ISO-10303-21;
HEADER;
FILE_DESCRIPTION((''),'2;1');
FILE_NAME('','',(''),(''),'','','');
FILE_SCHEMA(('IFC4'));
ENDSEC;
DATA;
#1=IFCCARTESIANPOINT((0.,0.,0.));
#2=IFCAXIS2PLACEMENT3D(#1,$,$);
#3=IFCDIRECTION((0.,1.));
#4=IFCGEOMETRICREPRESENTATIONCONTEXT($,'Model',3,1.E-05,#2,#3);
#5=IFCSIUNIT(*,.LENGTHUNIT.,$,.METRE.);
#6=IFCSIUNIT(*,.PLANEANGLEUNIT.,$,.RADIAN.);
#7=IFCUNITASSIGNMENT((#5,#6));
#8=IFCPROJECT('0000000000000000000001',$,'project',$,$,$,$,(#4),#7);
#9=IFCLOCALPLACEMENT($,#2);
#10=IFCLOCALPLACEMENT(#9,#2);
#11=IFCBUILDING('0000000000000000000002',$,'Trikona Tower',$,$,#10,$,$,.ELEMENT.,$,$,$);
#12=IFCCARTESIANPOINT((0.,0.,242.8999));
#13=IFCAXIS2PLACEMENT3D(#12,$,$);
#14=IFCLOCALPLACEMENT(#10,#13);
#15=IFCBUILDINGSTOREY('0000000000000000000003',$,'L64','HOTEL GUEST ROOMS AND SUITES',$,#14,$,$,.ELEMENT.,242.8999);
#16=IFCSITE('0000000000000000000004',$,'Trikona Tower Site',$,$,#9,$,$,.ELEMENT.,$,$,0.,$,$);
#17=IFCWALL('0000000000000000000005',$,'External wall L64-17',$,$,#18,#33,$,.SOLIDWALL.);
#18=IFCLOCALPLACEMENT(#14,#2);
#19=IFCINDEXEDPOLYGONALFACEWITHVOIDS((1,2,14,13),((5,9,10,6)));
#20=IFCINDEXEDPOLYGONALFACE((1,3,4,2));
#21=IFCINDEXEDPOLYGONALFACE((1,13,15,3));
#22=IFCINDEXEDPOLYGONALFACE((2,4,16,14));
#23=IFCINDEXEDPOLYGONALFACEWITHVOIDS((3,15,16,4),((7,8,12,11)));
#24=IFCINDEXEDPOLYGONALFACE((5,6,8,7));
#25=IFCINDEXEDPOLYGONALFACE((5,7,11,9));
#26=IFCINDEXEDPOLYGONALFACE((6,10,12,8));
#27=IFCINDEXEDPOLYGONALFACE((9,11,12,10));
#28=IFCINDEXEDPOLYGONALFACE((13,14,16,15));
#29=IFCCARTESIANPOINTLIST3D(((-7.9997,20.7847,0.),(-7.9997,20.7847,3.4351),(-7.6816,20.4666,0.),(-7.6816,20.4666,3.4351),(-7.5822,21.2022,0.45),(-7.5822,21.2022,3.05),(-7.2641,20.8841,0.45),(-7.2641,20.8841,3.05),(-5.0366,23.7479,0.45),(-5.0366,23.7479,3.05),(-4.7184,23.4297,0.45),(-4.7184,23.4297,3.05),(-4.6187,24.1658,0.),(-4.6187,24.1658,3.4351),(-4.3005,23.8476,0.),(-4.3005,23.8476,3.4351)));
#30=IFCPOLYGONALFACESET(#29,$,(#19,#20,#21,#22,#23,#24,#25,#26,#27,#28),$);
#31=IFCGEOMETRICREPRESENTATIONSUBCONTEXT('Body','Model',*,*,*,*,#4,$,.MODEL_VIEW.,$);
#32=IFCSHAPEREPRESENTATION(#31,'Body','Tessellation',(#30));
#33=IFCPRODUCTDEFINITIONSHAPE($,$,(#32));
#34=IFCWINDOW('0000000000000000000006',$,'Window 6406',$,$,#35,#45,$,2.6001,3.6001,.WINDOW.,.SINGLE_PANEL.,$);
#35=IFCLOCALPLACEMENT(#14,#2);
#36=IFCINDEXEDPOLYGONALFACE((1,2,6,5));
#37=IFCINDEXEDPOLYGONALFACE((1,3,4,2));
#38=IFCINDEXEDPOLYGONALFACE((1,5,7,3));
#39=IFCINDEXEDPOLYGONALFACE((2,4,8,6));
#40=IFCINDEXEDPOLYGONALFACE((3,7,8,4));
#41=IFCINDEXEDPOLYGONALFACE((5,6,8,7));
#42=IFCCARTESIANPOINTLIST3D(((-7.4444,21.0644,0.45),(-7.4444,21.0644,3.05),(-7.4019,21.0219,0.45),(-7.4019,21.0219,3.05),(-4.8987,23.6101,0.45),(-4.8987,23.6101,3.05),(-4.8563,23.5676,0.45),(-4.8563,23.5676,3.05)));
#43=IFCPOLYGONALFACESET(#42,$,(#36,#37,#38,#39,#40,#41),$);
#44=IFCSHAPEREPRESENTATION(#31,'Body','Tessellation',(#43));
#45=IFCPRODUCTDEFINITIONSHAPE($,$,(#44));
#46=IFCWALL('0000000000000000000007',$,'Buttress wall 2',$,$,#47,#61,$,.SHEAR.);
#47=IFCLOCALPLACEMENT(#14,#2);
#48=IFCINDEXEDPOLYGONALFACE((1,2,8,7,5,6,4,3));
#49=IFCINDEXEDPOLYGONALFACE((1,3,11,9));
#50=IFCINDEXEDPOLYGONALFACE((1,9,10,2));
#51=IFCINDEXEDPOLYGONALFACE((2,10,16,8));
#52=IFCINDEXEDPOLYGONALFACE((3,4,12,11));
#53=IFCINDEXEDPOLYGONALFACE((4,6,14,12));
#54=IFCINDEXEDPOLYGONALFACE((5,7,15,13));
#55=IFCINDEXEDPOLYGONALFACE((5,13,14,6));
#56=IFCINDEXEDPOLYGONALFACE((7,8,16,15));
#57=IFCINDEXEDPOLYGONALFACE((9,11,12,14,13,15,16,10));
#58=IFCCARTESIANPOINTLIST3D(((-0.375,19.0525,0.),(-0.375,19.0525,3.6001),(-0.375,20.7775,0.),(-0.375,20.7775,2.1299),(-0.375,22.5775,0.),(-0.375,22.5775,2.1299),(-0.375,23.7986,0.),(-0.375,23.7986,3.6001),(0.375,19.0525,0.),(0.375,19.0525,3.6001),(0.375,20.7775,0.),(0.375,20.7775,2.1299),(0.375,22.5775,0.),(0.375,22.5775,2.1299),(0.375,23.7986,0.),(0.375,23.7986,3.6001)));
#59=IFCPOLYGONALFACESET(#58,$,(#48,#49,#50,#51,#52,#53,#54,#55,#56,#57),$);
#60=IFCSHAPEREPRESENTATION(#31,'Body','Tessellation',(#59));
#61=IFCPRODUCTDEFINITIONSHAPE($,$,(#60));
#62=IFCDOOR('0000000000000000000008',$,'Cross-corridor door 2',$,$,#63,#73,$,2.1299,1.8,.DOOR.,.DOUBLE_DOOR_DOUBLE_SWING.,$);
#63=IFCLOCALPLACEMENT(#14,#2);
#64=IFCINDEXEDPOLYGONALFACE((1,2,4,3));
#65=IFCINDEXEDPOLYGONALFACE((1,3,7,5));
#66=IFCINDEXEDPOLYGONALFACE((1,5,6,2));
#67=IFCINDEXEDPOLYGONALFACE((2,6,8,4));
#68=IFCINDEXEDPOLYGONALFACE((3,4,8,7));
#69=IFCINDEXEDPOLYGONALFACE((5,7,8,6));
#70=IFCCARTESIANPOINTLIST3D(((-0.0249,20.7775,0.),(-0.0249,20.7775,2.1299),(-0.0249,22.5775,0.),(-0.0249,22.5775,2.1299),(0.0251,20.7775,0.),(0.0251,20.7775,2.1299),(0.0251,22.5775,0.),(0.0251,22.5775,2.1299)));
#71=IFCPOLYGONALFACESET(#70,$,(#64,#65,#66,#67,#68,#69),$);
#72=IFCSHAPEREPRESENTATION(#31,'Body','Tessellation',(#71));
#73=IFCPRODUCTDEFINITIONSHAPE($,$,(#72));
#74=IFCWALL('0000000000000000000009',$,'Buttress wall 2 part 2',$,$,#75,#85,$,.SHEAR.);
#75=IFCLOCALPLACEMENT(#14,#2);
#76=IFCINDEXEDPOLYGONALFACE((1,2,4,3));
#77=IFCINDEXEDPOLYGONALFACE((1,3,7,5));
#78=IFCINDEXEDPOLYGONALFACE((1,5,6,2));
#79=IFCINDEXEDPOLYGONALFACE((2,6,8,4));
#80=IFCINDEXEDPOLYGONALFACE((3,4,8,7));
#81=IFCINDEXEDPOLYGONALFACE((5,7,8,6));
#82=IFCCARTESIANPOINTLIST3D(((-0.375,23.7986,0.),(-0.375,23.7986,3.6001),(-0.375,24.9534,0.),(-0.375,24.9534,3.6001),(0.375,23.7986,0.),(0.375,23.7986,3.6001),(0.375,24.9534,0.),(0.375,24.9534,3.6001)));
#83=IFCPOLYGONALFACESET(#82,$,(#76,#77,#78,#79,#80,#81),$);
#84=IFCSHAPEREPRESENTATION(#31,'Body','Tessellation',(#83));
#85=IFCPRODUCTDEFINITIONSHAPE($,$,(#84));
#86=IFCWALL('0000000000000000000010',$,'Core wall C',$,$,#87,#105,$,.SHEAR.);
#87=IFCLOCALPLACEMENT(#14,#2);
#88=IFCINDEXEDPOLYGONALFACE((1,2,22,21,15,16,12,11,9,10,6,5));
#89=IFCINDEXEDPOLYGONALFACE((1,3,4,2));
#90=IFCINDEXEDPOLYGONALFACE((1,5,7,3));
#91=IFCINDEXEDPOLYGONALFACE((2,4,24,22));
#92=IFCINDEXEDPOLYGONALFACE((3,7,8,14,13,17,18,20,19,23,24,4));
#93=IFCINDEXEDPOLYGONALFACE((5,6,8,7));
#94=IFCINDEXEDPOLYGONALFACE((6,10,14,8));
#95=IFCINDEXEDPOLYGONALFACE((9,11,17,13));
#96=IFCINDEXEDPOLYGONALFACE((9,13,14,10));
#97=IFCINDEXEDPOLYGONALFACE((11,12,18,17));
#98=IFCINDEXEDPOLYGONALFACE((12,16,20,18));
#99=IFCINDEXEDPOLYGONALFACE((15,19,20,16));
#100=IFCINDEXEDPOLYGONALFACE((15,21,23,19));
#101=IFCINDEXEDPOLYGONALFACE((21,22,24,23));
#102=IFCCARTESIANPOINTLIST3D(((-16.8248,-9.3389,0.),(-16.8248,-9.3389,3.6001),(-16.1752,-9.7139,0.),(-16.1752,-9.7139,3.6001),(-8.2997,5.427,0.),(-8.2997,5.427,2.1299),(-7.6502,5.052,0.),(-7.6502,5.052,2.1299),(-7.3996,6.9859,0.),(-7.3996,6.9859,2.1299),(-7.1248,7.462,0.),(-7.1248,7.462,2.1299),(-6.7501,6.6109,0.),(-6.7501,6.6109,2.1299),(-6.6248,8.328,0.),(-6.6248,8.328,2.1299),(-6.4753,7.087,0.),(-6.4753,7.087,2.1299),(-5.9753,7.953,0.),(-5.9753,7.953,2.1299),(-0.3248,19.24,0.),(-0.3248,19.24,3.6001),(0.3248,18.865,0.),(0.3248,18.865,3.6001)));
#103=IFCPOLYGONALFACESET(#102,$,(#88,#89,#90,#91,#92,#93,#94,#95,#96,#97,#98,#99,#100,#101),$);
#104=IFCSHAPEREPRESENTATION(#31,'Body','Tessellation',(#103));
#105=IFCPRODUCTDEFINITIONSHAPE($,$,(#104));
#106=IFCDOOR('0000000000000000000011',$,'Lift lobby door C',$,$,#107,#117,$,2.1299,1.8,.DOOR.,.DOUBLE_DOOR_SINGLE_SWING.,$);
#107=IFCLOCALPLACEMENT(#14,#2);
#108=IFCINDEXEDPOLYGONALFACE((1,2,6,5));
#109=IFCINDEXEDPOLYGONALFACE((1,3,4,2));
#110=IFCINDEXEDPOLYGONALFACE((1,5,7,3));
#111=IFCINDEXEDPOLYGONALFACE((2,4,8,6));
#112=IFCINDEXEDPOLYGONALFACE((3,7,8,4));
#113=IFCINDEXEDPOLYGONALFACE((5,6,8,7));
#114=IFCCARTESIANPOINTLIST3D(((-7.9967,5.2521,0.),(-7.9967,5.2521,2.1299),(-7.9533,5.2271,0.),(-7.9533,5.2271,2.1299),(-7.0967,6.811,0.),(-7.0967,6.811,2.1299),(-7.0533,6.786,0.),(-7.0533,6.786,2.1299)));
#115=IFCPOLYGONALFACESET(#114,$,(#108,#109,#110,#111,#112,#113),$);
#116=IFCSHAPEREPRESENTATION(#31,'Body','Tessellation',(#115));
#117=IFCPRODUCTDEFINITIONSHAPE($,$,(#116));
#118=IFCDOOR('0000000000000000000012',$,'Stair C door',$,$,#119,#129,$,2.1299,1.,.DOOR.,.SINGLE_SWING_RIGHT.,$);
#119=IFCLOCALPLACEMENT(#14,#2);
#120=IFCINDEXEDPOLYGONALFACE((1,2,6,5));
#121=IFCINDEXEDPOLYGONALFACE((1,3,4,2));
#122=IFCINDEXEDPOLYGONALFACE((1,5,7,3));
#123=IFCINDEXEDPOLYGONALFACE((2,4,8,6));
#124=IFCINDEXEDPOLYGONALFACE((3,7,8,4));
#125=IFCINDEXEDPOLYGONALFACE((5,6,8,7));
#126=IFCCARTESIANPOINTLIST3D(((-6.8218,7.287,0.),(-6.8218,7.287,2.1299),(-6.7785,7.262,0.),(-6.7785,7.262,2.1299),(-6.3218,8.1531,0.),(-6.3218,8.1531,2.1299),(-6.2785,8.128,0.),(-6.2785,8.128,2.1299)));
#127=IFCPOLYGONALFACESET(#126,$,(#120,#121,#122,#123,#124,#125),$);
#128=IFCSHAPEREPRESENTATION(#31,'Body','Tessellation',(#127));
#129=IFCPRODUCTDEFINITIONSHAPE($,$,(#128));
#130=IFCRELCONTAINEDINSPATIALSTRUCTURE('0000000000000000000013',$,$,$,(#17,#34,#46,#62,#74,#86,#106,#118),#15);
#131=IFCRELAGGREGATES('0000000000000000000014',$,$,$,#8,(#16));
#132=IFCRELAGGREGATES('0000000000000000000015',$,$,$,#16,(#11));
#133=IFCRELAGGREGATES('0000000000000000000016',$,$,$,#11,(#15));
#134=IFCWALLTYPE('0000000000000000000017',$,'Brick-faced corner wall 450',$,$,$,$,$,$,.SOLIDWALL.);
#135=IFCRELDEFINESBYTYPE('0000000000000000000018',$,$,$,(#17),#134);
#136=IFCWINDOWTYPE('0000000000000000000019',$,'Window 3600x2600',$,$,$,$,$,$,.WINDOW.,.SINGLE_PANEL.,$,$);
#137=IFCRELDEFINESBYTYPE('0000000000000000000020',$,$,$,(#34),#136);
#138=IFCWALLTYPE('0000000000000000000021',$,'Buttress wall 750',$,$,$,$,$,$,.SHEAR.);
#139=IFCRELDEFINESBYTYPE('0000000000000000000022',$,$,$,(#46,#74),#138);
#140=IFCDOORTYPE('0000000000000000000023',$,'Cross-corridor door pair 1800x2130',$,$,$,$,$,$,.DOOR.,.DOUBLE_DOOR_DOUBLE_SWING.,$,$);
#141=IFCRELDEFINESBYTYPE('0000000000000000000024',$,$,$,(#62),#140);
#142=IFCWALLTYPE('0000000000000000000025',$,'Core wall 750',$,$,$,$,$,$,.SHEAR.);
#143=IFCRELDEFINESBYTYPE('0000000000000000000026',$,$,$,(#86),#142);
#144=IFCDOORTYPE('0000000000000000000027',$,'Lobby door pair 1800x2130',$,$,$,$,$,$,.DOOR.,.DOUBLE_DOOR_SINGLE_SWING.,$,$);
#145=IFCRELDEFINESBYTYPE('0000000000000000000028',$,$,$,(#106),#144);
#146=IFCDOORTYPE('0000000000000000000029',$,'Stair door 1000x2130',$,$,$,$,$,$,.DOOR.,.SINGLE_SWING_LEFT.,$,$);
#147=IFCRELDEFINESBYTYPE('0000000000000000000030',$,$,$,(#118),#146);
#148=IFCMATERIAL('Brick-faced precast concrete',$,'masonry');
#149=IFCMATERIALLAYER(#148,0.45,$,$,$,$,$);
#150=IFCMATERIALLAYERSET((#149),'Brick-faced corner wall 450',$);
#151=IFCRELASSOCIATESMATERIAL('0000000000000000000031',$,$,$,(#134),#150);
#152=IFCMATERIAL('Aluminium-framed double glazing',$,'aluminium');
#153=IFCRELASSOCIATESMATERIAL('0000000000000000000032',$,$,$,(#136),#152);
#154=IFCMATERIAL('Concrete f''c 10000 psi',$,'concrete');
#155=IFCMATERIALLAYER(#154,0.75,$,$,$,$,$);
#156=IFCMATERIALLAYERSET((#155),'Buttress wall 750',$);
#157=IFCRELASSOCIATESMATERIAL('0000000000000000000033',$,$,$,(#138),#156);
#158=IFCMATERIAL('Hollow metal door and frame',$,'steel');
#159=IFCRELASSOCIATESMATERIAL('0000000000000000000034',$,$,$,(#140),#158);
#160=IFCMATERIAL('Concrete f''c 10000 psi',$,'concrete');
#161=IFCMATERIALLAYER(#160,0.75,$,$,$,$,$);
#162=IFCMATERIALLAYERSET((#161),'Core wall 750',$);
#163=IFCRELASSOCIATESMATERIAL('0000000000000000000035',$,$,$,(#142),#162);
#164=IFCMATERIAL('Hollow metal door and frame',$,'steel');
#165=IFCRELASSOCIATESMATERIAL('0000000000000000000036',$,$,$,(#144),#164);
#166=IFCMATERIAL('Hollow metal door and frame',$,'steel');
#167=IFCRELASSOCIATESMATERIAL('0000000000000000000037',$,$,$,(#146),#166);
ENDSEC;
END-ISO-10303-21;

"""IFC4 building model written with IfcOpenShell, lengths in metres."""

from ifc_helpers import new_model, si_unit, direction, frame, frame_2d, origin, place, context, subcontext, project, spatial, rectangle, extrude, material, layer, layer_set, type_object, element, fill, save


model = new_model("IFC4")

# Units and contexts
model_context = context("Model", 3, precision=1e-05, world=origin(), true_north=direction((0.0, 1.0)))
body_context = subcontext(model_context, "Body", "Model", "MODEL_VIEW")
ifc_project = project(units=[si_unit("LENGTHUNIT", "METRE"), si_unit("PLANEANGLEUNIT", "RADIAN")], contexts=[model_context])

# Site, building, storey
site_placement = place(None, origin())
site = spatial("IfcSite", under=ifc_project, at=site_placement, Name="Trikona Tower Site", CompositionType="ELEMENT", RefElevation=0.0)
building_placement = place(site_placement, origin())
building = spatial("IfcBuilding", under=site, at=building_placement, Name="Trikona Tower", CompositionType="ELEMENT")
storey_placement = place(building_placement, frame((0.0, 0.0, 242.8999)))
storey = spatial("IfcBuildingStorey", under=building, at=storey_placement, Name="L64", Description="HOTEL GUEST ROOMS AND SUITES", CompositionType="ELEMENT", Elevation=242.8999)

# Wall, opening, window
ifc_material_1 = material(Name="Brick-faced precast concrete", Category="masonry")
ifc_layer_1 = layer(ifc_material_1, 0.45)
ifc_layer_set_1 = layer_set([ifc_layer_1], Name="Brick-faced corner wall 450")
wall_type_1 = type_object("IfcWallType", Name="Brick-faced corner wall 450", PredefinedType="SOLIDWALL", material=ifc_layer_set_1)
wall_1_placement = place(storey_placement, frame((-4.4597, 24.0066, 0.0), z_axis=(0.0, 0.0, 1.0), x_axis=(-0.707107, -0.707107, 0.0)))
wall_1 = element("IfcWall", 1, at=wall_1_placement, inside=storey, type_object=wall_type_1, Name="External wall L64-17", PredefinedType="SOLIDWALL", context=body_context, shape_type="SweptSolid", body=[
    extrude(rectangle(XDim=4.7815, YDim=0.45, at=frame_2d((2.3906, 0.0))), origin(), (0.0, 0.0, 1.0), 3.4351),
])
opening_1_placement = place(wall_1_placement, frame((0.5908, 0.0, 0.45)))
opening_1 = element("IfcOpeningElement", 2, at=opening_1_placement, cuts=wall_1, PredefinedType="OPENING", context=body_context, shape_type="SweptSolid", body=[
    extrude(rectangle(XDim=3.6001, YDim=2.6001, at=frame_2d((1.8, 1.3))), frame((0.0, 0.2349, 0.0), z_axis=(0.0, -1.0, 0.0), x_axis=(1.0, 0.0, 0.0)), (0.0, 0.0, 1.0), 0.47),
])
ifc_material_2 = material(Name="Aluminium-framed double glazing", Category="aluminium")
window_type_1 = type_object("IfcWindowType", Name="Window 3600x2600", PartitioningType="SINGLE_PANEL", PredefinedType="WINDOW", material=ifc_material_2)
window_1_placement = place(opening_1_placement, origin())
window_1 = element("IfcWindow", 3, at=window_1_placement, inside=storey, type_object=window_type_1, Name="Window 6406", OverallHeight=2.6001, OverallWidth=3.6001, PartitioningType="SINGLE_PANEL", PredefinedType="WINDOW", context=body_context, shape_type="SweptSolid", body=[
    extrude(rectangle(XDim=3.6001, YDim=2.6001, at=frame_2d((1.8, 1.3))), frame((0.0, 0.03, 0.0), z_axis=(0.0, -1.0, 0.0), x_axis=(1.0, 0.0, 0.0)), (0.0, 0.0, 1.0), 0.0601),
])
fill(opening_1, window_1)

# Wall, opening, door
ifc_material_3 = material(Name="Concrete f'c 10000 psi", Category="concrete")
ifc_layer_2 = layer(ifc_material_3, 0.75)
ifc_layer_set_2 = layer_set([ifc_layer_2], Name="Buttress wall 750")
wall_type_2 = type_object("IfcWallType", Name="Buttress wall 750", PredefinedType="SHEAR", material=ifc_layer_set_2)
wall_2_placement = place(storey_placement, frame((0.0, 19.0525, 0.0), z_axis=(0.0, 0.0, 1.0), x_axis=(0.0, 1.0, 0.0)))
wall_2 = element("IfcWall", 4, at=wall_2_placement, inside=storey, type_object=wall_type_2, Name="Buttress wall 2", PredefinedType="SHEAR", context=body_context, shape_type="SweptSolid", body=[
    extrude(rectangle(XDim=4.7461, YDim=0.75, at=frame_2d((2.373, 0.0))), origin(), (0.0, 0.0, 1.0), 3.6001),
])
opening_2_placement = place(wall_2_placement, frame((1.7251, 0.0, 0.0)))
opening_2 = element("IfcOpeningElement", 5, at=opening_2_placement, cuts=wall_2, PredefinedType="OPENING", context=body_context, shape_type="SweptSolid", body=[
    extrude(rectangle(XDim=1.8, YDim=2.1299, at=frame_2d((0.8999, 1.0649))), frame((0.0, 0.385, 0.0), z_axis=(0.0, -1.0, 0.0), x_axis=(1.0, 0.0, 0.0)), (0.0, 0.0, 1.0), 0.77),
])
ifc_material_4 = material(Name="Hollow metal door and frame", Category="steel")
door_type_1 = type_object("IfcDoorType", Name="Cross-corridor door pair 1800x2130", OperationType="DOUBLE_DOOR_DOUBLE_SWING", PredefinedType="DOOR", material=ifc_material_4)
door_1_placement = place(opening_2_placement, origin())
door_1 = element("IfcDoor", 6, at=door_1_placement, inside=storey, type_object=door_type_1, Name="Cross-corridor door 2", OperationType="DOUBLE_DOOR_DOUBLE_SWING", OverallHeight=2.1299, OverallWidth=1.8, PredefinedType="DOOR", context=body_context, shape_type="SweptSolid", body=[
    extrude(rectangle(XDim=1.8, YDim=2.1299, at=frame_2d((0.8999, 1.0649))), frame((0.0, 0.0249, 0.0), z_axis=(0.0, -1.0, 0.0), x_axis=(1.0, 0.0, 0.0)), (0.0, 0.0, 1.0), 0.05),
])
fill(opening_2, door_1)

# Wall
wall_3_placement = place(storey_placement, frame((0.0, 23.7986, 0.0), z_axis=(0.0, 0.0, 1.0), x_axis=(0.0, 1.0, 0.0)))
element("IfcWall", 7, at=wall_3_placement, inside=storey, type_object=wall_type_2, Name="Buttress wall 2 part 2", PredefinedType="SHEAR", context=body_context, shape_type="SweptSolid", body=[
    extrude(rectangle(XDim=1.1548, YDim=0.75, at=frame_2d((0.5774, 0.0))), origin(), (0.0, 0.0, 1.0), 3.6001),
])

# Wall, openings, doors
ifc_material_5 = material(Name="Concrete f'c 10000 psi", Category="concrete")
ifc_layer_3 = layer(ifc_material_5, 0.75)
ifc_layer_set_3 = layer_set([ifc_layer_3], Name="Core wall 750")
wall_type_3 = type_object("IfcWallType", Name="Core wall 750", PredefinedType="SHEAR", material=ifc_layer_set_3)
wall_4_placement = place(storey_placement, frame((0.0, 19.0525, 0.0), z_axis=(0.0, 0.0, 1.0), x_axis=(-0.5, -0.866026, 0.0)))
wall_4 = element("IfcWall", 8, at=wall_4_placement, inside=storey, type_object=wall_type_3, Name="Core wall C", PredefinedType="SHEAR", context=body_context, shape_type="SweptSolid", body=[
    extrude(rectangle(XDim=33.0, YDim=0.75, at=frame_2d((16.5, 0.0))), origin(), (0.0, 0.0, 1.0), 3.6001),
])
opening_3_placement = place(wall_4_placement, frame((14.1499, 0.0, 0.0)))
opening_3 = element("IfcOpeningElement", 9, at=opening_3_placement, cuts=wall_4, PredefinedType="OPENING", context=body_context, shape_type="SweptSolid", body=[
    extrude(rectangle(XDim=1.8, YDim=2.1299, at=frame_2d((0.8999, 1.0649))), frame((0.0, 0.385, 0.0), z_axis=(0.0, -1.0, 0.0), x_axis=(1.0, 0.0, 0.0)), (0.0, 0.0, 1.0), 0.77),
])
opening_4_placement = place(wall_4_placement, frame((12.6001, 0.0, 0.0)))
opening_4 = element("IfcOpeningElement", 10, at=opening_4_placement, cuts=wall_4, PredefinedType="OPENING", context=body_context, shape_type="SweptSolid", body=[
    extrude(rectangle(XDim=1.0, YDim=2.1299, at=frame_2d((0.5, 1.0649))), frame((0.0, 0.385, 0.0), z_axis=(0.0, -1.0, 0.0), x_axis=(1.0, 0.0, 0.0)), (0.0, 0.0, 1.0), 0.77),
])
ifc_material_6 = material(Name="Hollow metal door and frame", Category="steel")
door_type_2 = type_object("IfcDoorType", Name="Lobby door pair 1800x2130", OperationType="DOUBLE_DOOR_SINGLE_SWING", PredefinedType="DOOR", material=ifc_material_6)
door_2_placement = place(opening_3_placement, origin())
door_2 = element("IfcDoor", 11, at=door_2_placement, inside=storey, type_object=door_type_2, Name="Lift lobby door C", OperationType="DOUBLE_DOOR_SINGLE_SWING", OverallHeight=2.1299, OverallWidth=1.8, PredefinedType="DOOR", context=body_context, shape_type="SweptSolid", body=[
    extrude(rectangle(XDim=1.8, YDim=2.1299, at=frame_2d((0.8999, 1.0649))), frame((0.0, 0.0249, 0.0), z_axis=(0.0, -1.0, 0.0), x_axis=(1.0, 0.0, 0.0)), (0.0, 0.0, 1.0), 0.05),
])
fill(opening_3, door_2)
ifc_material_7 = material(Name="Hollow metal door and frame", Category="steel")
door_type_3 = type_object("IfcDoorType", Name="Stair door 1000x2130", OperationType="SINGLE_SWING_LEFT", PredefinedType="DOOR", material=ifc_material_7)
door_3_placement = place(opening_4_placement, origin())
door_3 = element("IfcDoor", 12, at=door_3_placement, inside=storey, type_object=door_type_3, Name="Stair C door", OperationType="SINGLE_SWING_RIGHT", OverallHeight=2.1299, OverallWidth=1.0, PredefinedType="DOOR", context=body_context, shape_type="SweptSolid", body=[
    extrude(rectangle(XDim=1.0, YDim=2.1299, at=frame_2d((0.5, 1.0649))), frame((0.0, 0.0249, 0.0), z_axis=(0.0, -1.0, 0.0), x_axis=(1.0, 0.0, 0.0)), (0.0, 0.0, 1.0), 0.05),
])
fill(opening_4, door_3)

save(model, "model.ifc")
